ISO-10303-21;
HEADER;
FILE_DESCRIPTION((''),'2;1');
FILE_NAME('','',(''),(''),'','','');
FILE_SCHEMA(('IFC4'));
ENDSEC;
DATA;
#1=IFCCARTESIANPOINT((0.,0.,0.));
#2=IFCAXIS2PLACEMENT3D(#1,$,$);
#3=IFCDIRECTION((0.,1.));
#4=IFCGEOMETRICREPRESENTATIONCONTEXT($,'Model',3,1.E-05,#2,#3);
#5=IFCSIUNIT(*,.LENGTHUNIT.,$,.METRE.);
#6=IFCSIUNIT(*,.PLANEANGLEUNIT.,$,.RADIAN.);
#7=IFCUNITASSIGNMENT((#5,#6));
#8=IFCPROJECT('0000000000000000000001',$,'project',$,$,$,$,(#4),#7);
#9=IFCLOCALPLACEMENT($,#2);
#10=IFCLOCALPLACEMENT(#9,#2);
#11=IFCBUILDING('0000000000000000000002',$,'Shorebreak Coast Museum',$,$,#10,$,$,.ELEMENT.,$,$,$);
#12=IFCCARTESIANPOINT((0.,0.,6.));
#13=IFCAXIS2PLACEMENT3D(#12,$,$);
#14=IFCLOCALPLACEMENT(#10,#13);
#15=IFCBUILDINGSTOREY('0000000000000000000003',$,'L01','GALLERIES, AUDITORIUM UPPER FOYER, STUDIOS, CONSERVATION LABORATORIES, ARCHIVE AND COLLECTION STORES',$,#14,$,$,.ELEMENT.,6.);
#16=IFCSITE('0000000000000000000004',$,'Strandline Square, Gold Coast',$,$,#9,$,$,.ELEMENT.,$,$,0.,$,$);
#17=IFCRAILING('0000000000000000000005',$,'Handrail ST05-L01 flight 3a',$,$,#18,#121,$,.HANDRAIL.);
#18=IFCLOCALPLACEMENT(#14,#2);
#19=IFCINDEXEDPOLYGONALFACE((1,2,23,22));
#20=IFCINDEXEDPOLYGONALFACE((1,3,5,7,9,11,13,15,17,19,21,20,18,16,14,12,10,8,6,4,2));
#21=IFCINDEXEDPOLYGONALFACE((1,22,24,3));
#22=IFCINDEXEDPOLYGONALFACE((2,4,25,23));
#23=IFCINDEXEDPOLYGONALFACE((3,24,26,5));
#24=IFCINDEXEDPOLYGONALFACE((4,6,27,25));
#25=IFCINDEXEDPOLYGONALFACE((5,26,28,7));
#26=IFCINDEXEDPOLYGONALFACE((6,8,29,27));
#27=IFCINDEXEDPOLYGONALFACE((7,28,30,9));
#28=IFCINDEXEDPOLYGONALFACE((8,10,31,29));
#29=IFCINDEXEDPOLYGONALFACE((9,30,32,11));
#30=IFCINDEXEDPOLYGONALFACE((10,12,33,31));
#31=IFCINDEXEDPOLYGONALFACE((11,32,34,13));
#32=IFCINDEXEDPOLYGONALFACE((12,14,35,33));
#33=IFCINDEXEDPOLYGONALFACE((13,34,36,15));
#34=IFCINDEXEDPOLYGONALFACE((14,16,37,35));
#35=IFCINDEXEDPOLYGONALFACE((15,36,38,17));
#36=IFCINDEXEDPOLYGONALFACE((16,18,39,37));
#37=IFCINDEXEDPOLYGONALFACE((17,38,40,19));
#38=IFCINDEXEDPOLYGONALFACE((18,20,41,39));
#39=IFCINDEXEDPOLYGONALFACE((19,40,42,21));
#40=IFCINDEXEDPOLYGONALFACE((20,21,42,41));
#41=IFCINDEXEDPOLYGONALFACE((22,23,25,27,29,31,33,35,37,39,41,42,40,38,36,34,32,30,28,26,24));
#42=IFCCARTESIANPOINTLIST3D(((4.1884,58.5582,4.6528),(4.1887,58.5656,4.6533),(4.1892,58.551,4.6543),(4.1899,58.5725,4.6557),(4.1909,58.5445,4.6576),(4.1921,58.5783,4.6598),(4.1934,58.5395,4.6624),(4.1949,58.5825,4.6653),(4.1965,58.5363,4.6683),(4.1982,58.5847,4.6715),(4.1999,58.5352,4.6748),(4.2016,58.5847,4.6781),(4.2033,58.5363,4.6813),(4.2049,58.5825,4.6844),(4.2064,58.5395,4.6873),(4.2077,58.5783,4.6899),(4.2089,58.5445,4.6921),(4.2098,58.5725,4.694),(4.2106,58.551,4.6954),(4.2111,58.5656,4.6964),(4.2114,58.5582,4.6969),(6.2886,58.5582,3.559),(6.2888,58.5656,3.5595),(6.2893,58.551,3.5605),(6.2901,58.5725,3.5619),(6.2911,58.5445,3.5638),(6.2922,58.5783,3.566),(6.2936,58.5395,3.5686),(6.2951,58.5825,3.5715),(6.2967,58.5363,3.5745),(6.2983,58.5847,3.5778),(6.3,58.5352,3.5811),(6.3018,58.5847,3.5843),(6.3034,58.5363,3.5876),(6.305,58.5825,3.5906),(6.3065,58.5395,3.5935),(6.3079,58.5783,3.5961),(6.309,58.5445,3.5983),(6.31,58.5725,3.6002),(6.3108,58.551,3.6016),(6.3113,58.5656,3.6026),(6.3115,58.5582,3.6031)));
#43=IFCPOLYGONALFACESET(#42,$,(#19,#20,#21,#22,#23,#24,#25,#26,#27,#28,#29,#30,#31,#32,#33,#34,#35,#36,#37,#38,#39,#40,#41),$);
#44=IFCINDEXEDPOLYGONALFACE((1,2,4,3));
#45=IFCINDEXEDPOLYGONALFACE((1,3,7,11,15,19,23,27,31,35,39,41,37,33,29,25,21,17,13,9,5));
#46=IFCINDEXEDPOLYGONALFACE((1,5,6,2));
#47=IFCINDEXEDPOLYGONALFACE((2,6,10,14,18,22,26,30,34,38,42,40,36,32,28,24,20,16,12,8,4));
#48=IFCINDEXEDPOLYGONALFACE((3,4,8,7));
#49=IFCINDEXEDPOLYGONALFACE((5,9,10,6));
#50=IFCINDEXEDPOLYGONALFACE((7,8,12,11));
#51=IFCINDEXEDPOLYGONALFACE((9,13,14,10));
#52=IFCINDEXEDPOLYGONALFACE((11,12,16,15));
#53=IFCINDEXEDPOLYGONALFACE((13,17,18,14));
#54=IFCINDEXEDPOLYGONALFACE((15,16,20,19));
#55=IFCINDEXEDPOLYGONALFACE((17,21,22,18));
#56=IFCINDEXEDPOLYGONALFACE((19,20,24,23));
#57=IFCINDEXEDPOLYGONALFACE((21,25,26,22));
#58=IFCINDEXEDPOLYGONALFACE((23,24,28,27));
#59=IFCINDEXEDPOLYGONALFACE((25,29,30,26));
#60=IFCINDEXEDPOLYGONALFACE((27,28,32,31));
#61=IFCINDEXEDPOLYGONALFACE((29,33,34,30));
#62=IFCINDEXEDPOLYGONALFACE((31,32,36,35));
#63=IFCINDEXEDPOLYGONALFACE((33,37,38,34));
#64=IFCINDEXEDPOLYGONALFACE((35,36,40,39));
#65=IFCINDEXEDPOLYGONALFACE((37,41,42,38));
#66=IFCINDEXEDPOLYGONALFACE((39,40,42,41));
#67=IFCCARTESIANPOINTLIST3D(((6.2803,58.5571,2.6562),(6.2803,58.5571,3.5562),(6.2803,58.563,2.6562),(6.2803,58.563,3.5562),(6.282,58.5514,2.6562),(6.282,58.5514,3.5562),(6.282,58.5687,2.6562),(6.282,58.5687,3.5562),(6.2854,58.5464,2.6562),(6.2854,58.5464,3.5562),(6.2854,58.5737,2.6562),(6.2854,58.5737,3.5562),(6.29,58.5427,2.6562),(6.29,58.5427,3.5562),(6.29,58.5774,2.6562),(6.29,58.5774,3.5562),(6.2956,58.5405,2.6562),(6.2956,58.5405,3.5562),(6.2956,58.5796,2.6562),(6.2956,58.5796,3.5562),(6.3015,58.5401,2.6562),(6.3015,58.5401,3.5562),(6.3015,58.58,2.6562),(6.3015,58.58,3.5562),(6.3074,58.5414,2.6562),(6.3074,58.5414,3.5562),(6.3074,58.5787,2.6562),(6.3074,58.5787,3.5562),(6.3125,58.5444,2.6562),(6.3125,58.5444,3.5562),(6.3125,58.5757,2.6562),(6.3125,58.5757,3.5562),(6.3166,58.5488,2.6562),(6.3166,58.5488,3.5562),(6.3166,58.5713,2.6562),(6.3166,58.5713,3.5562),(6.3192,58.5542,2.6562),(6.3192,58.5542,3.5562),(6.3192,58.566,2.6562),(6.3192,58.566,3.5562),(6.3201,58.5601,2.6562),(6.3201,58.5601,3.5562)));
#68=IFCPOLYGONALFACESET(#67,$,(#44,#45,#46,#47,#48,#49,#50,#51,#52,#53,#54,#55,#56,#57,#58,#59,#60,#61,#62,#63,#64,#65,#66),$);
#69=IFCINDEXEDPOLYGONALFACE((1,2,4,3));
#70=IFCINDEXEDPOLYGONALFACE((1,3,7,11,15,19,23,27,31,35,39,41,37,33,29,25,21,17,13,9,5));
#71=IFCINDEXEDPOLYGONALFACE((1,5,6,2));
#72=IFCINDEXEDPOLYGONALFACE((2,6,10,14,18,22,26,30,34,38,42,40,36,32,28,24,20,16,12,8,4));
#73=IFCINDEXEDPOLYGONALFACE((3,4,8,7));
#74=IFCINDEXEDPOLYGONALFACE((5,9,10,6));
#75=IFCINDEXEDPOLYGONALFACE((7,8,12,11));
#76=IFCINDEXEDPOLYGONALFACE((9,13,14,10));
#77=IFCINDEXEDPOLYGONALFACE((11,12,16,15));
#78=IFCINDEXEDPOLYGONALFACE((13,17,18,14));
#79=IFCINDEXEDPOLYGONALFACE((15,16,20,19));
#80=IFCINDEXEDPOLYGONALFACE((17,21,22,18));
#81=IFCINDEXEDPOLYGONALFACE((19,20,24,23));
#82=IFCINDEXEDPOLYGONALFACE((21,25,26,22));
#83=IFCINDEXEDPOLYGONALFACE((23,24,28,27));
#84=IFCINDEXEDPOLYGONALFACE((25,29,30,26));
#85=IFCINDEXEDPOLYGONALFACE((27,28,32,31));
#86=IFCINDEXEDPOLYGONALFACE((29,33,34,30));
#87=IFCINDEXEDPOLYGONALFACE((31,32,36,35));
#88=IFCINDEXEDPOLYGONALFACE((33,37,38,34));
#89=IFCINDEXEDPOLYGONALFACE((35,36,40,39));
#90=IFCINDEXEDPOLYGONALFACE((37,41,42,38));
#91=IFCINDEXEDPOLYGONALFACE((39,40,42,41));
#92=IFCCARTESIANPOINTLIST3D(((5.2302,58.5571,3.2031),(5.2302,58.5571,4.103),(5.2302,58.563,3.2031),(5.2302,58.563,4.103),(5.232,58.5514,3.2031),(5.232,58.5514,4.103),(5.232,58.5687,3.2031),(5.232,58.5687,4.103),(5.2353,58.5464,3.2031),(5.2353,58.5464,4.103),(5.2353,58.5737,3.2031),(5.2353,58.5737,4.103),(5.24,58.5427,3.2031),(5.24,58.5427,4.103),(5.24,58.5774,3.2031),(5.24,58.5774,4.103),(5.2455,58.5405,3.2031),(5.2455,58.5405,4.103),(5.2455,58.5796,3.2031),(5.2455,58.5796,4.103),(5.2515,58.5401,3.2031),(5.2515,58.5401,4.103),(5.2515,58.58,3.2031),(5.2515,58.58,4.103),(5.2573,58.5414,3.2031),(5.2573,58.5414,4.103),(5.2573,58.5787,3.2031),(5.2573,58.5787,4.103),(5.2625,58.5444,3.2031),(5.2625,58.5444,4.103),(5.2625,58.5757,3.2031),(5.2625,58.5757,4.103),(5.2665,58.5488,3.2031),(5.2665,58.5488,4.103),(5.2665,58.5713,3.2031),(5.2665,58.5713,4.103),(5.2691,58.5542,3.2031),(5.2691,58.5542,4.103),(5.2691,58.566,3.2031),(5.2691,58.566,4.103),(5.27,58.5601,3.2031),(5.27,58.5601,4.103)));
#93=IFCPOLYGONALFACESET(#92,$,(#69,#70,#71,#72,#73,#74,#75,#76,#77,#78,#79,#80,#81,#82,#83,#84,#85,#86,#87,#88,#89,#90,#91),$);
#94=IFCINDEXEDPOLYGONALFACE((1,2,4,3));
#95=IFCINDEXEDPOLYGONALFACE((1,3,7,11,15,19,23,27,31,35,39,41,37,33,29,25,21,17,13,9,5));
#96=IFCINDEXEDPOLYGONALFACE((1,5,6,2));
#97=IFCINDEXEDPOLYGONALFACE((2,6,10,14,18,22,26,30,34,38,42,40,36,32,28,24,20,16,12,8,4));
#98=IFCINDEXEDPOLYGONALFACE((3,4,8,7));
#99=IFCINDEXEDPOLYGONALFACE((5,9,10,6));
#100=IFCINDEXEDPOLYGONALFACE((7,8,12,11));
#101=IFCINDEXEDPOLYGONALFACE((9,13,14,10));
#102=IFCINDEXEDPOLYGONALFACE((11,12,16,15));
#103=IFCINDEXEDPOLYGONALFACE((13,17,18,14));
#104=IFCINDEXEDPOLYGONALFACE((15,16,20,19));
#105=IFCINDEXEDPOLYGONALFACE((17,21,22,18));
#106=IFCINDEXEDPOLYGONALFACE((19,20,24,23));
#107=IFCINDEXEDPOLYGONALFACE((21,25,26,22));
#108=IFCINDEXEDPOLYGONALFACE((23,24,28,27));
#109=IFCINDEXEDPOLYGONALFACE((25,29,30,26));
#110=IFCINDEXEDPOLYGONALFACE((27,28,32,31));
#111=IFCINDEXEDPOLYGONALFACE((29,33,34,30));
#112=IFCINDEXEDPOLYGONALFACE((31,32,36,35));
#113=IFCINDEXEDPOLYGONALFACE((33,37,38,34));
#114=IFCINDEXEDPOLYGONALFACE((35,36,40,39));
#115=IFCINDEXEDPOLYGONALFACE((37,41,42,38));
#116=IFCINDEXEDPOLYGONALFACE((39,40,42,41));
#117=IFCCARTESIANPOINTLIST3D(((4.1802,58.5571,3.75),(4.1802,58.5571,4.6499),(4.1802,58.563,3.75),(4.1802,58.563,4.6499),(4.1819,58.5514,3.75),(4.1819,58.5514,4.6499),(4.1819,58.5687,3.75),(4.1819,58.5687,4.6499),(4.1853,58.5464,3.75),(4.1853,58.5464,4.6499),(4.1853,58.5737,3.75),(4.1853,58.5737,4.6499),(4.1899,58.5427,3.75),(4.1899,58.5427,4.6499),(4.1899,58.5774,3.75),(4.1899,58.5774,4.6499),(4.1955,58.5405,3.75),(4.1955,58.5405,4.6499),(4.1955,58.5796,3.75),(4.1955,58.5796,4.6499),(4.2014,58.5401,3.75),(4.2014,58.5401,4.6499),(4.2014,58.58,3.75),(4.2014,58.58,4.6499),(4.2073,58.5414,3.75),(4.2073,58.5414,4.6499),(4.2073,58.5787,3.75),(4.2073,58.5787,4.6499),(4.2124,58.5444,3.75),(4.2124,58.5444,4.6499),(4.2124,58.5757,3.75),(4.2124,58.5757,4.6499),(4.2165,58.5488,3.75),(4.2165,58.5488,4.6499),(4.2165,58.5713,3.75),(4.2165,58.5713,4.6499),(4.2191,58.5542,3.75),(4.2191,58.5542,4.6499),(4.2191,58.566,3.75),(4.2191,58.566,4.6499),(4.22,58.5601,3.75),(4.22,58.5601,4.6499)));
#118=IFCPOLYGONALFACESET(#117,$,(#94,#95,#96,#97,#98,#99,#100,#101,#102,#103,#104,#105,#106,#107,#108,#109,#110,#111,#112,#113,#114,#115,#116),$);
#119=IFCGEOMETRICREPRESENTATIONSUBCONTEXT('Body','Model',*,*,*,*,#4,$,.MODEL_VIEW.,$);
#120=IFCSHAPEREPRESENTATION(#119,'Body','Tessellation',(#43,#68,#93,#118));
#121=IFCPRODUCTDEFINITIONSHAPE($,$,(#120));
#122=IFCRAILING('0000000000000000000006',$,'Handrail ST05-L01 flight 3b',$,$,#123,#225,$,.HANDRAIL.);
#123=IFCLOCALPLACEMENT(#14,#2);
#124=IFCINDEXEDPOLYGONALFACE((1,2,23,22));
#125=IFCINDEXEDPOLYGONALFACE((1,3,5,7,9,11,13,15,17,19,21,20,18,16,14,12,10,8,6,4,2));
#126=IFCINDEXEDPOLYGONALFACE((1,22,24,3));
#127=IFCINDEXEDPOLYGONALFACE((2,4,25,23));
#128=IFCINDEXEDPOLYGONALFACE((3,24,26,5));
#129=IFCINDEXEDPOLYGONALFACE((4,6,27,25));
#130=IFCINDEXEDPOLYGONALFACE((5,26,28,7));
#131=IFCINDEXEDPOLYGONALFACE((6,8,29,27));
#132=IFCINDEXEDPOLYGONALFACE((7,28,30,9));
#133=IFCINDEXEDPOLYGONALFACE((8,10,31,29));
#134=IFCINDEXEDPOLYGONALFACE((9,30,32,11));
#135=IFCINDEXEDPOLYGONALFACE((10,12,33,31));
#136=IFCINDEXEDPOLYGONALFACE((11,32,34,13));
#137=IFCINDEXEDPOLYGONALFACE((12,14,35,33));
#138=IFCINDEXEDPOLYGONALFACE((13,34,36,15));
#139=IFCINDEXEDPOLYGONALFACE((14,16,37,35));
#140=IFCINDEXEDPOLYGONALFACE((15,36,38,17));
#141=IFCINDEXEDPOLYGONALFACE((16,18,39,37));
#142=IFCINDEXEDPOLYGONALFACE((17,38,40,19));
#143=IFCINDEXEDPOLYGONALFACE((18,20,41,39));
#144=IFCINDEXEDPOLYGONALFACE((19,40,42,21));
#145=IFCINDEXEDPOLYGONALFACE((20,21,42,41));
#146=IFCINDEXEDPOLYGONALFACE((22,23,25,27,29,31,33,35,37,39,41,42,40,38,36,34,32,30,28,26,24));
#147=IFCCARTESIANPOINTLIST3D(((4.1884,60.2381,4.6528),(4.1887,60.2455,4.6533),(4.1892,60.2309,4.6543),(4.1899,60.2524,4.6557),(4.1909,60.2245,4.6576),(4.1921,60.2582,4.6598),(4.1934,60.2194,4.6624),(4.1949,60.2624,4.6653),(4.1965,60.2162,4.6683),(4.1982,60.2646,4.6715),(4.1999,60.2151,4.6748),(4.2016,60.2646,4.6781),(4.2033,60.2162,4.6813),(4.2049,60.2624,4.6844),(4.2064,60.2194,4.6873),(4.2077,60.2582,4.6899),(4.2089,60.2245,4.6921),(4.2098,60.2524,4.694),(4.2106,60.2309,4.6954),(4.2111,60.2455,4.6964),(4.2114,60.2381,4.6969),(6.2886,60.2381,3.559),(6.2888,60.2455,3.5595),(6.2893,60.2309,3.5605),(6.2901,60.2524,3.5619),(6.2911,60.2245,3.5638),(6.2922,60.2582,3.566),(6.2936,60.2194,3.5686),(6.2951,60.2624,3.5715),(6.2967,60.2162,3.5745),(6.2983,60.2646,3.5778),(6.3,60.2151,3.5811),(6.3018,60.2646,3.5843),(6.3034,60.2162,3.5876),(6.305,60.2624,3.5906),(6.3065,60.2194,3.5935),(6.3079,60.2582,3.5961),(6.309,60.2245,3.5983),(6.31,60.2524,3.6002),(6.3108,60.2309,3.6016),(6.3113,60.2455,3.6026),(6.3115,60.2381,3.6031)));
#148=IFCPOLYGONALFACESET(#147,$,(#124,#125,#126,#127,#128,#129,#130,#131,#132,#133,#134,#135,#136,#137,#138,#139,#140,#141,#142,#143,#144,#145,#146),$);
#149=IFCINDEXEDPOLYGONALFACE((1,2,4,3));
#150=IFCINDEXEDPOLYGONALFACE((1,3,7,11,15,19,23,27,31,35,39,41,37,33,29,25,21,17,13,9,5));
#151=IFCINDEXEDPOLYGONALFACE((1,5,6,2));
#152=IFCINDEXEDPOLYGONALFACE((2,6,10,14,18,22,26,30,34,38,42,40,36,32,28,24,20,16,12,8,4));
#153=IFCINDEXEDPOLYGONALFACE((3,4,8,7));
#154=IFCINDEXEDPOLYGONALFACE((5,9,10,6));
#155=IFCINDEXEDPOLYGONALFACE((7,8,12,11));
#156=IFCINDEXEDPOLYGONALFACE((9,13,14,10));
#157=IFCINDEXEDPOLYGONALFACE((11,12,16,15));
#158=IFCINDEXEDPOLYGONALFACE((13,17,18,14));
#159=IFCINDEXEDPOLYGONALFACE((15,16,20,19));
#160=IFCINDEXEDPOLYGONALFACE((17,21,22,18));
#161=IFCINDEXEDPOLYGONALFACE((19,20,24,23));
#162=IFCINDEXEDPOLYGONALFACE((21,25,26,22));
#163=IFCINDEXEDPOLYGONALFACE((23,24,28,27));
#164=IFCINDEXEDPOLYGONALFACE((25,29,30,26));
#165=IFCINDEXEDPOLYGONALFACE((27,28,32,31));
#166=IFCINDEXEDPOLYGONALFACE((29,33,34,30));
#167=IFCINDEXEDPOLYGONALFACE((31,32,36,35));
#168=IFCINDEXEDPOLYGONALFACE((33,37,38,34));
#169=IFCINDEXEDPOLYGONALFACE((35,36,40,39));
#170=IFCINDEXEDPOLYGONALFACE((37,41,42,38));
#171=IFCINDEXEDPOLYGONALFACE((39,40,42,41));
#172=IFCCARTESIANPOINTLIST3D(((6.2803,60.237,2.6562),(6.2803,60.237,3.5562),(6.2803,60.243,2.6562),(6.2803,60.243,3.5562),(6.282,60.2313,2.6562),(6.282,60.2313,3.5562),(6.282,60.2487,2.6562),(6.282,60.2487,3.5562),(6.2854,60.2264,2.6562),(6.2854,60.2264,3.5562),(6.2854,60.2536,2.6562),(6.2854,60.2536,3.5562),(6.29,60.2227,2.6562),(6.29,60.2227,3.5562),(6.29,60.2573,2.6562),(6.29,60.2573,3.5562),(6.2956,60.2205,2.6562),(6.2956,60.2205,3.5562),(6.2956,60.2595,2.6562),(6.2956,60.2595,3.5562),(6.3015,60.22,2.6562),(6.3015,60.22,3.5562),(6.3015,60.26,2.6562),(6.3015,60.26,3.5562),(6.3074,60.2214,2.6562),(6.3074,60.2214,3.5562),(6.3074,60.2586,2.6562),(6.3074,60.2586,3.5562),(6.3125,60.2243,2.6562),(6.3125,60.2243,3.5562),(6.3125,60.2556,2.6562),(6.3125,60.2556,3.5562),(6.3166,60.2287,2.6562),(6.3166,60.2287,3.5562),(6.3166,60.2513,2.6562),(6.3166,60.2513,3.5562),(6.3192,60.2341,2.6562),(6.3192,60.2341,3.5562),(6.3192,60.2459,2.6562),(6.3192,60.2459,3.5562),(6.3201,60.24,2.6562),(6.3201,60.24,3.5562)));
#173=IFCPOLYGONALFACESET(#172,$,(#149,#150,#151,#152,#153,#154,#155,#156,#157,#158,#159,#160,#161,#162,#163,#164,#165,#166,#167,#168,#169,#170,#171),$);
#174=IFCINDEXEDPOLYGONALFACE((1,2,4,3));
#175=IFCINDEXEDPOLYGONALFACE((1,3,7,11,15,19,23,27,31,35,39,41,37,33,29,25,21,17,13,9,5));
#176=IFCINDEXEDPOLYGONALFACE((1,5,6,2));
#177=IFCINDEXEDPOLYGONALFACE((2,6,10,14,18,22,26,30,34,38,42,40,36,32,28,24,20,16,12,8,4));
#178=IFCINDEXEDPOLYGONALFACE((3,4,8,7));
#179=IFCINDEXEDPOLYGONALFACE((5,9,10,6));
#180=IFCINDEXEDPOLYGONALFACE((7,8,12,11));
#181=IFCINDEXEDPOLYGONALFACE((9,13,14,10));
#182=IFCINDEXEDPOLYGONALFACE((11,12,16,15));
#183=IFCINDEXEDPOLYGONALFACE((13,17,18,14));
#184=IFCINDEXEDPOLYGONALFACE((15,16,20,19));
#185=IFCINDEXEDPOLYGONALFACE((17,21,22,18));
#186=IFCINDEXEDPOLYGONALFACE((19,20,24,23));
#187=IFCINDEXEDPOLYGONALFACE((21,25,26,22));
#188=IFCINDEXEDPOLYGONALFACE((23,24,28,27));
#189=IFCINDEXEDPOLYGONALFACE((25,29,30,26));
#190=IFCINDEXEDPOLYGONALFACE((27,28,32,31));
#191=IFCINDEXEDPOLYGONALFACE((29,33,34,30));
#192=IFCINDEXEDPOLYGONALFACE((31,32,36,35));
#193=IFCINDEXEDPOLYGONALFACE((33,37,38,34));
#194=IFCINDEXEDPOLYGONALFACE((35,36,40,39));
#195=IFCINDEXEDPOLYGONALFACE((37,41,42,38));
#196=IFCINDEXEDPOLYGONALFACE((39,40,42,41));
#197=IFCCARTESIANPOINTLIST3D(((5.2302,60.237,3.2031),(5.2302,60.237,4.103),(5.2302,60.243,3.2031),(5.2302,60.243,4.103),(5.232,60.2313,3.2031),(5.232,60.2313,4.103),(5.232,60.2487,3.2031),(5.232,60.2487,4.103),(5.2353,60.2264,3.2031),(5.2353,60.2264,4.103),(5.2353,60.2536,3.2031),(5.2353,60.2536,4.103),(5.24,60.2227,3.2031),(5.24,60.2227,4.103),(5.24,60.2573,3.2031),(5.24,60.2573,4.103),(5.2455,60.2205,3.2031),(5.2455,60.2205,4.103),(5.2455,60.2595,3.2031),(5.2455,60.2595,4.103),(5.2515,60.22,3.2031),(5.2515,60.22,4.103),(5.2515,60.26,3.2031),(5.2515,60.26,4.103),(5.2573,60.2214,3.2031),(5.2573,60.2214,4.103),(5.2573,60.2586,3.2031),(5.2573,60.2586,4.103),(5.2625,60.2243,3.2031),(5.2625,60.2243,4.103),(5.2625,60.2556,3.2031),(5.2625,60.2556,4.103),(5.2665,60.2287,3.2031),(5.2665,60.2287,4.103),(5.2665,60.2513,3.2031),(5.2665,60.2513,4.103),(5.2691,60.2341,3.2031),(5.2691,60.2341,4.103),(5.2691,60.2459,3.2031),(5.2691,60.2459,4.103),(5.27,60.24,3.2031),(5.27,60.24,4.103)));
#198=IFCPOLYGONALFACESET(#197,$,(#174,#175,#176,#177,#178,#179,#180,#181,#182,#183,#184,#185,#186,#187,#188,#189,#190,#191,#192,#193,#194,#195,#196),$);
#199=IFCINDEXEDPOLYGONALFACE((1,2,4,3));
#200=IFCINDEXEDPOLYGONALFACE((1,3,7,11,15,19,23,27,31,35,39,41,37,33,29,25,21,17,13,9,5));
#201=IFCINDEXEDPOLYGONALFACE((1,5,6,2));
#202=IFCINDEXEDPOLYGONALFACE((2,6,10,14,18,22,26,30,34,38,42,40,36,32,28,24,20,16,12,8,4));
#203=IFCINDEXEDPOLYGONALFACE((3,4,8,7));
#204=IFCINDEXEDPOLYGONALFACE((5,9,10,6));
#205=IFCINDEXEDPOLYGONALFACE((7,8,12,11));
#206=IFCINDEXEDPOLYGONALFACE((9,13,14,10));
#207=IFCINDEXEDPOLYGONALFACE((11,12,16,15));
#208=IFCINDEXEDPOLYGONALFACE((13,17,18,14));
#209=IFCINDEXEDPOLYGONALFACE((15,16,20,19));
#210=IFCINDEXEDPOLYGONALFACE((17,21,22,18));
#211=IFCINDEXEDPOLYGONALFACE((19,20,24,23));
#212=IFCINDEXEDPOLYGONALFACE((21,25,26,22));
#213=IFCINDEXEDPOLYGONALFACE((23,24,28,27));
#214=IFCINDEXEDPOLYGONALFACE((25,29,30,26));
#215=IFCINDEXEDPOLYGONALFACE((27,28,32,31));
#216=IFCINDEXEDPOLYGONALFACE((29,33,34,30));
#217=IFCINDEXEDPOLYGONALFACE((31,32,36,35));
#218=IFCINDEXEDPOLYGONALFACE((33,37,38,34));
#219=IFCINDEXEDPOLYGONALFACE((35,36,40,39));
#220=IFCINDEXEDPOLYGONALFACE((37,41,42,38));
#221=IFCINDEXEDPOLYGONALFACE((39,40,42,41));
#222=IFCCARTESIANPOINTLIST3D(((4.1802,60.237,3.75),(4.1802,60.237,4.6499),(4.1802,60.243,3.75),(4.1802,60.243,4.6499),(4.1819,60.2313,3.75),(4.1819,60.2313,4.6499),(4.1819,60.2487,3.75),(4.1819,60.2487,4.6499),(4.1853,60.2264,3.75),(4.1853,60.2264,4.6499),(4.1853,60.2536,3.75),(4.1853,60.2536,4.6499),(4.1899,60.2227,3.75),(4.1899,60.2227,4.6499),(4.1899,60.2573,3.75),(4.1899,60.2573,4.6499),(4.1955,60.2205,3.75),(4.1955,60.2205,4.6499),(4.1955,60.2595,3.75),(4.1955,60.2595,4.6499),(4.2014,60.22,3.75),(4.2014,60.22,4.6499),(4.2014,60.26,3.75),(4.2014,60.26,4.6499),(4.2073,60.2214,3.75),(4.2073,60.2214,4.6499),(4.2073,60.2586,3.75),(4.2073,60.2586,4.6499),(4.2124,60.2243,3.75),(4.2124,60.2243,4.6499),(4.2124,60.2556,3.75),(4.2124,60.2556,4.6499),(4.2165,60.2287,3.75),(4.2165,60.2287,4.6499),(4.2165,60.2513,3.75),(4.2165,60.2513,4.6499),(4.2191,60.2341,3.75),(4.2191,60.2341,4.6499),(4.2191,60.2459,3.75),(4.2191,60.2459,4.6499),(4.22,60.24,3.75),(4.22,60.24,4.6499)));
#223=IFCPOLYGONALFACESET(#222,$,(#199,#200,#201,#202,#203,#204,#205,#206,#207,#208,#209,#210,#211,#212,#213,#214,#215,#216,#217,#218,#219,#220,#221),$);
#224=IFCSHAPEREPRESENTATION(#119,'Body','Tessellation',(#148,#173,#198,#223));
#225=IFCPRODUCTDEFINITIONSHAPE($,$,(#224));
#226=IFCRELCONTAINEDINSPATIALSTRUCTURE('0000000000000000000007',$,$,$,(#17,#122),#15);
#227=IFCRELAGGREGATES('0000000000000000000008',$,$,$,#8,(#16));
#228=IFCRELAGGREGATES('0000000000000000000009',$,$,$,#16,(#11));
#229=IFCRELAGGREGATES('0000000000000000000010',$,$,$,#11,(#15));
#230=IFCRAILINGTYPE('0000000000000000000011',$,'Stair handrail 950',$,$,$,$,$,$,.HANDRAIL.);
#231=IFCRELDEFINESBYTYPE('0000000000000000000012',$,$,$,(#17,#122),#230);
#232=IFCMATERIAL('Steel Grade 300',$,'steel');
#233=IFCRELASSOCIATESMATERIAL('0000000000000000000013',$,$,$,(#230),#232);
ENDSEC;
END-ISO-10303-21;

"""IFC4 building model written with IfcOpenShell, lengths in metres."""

from ifc_helpers import new_model, si_unit, direction, frame, origin, origin_2d, place, context, subcontext, project, spatial, circle, extrude, material, type_object, element, save


model = new_model("IFC4")

# Units and contexts
model_context = context("Model", 3, precision=1e-05, world=origin(), true_north=direction((0.0, 1.0)))
body_context = subcontext(model_context, "Body", "Model", "MODEL_VIEW")
ifc_project = project(units=[si_unit("LENGTHUNIT", "METRE"), si_unit("PLANEANGLEUNIT", "RADIAN")], contexts=[model_context])

# Site, building, storey
site_placement = place(None, origin())
site = spatial("IfcSite", under=ifc_project, at=site_placement, Name="Strandline Square, Gold Coast", CompositionType="ELEMENT", RefElevation=0.0)
building_placement = place(site_placement, origin())
building = spatial("IfcBuilding", under=site, at=building_placement, Name="Shorebreak Coast Museum", CompositionType="ELEMENT")
storey_placement = place(building_placement, frame((0.0, 0.0, 6.0)))
storey = spatial("IfcBuildingStorey", under=building, at=storey_placement, Name="L01", Description="GALLERIES, AUDITORIUM UPPER FOYER, STUDIOS, CONSERVATION LABORATORIES, ARCHIVE AND COLLECTION STORES", CompositionType="ELEMENT", Elevation=6.0)

# Railings
ifc_material_1 = material(Name="Steel Grade 300", Category="steel")
railing_type_1 = type_object("IfcRailingType", Name="Stair handrail 950", PredefinedType="HANDRAIL", material=ifc_material_1)
for number, where, name in (
    (1, (6.3, 58.5601, 2.6562), "Handrail ST05-L01 flight 3a"),
    (2, (6.3, 60.24, 2.6562), "Handrail ST05-L01 flight 3b"),
):
    element("IfcRailing", number, at=place(storey_placement, frame(where)), inside=storey, type_object=railing_type_1, Name=name, PredefinedType="HANDRAIL", context=body_context, shape_type="SweptSolid", body=[
        extrude(circle(Radius=0.0249, at=origin_2d()), frame((0.0, 0.0, 0.9248), z_axis=(-0.886923, 0.0, 0.461918), x_axis=(0.0, -1.0, 0.0)), (0.0, 0.0, 1.0), 2.3679),
        extrude(circle(Radius=0.02, at=origin_2d()), origin(), (0.0, 0.0, 1.0), 0.8999),
        extrude(circle(Radius=0.02, at=origin_2d()), frame((-1.05, 0.0, 0.5469)), (0.0, 0.0, 1.0), 0.8999),
        extrude(circle(Radius=0.02, at=origin_2d()), frame((-2.1001, 0.0, 1.0938)), (0.0, 0.0, 1.0), 0.8999),
    ])

save(model, "model.ifc")
